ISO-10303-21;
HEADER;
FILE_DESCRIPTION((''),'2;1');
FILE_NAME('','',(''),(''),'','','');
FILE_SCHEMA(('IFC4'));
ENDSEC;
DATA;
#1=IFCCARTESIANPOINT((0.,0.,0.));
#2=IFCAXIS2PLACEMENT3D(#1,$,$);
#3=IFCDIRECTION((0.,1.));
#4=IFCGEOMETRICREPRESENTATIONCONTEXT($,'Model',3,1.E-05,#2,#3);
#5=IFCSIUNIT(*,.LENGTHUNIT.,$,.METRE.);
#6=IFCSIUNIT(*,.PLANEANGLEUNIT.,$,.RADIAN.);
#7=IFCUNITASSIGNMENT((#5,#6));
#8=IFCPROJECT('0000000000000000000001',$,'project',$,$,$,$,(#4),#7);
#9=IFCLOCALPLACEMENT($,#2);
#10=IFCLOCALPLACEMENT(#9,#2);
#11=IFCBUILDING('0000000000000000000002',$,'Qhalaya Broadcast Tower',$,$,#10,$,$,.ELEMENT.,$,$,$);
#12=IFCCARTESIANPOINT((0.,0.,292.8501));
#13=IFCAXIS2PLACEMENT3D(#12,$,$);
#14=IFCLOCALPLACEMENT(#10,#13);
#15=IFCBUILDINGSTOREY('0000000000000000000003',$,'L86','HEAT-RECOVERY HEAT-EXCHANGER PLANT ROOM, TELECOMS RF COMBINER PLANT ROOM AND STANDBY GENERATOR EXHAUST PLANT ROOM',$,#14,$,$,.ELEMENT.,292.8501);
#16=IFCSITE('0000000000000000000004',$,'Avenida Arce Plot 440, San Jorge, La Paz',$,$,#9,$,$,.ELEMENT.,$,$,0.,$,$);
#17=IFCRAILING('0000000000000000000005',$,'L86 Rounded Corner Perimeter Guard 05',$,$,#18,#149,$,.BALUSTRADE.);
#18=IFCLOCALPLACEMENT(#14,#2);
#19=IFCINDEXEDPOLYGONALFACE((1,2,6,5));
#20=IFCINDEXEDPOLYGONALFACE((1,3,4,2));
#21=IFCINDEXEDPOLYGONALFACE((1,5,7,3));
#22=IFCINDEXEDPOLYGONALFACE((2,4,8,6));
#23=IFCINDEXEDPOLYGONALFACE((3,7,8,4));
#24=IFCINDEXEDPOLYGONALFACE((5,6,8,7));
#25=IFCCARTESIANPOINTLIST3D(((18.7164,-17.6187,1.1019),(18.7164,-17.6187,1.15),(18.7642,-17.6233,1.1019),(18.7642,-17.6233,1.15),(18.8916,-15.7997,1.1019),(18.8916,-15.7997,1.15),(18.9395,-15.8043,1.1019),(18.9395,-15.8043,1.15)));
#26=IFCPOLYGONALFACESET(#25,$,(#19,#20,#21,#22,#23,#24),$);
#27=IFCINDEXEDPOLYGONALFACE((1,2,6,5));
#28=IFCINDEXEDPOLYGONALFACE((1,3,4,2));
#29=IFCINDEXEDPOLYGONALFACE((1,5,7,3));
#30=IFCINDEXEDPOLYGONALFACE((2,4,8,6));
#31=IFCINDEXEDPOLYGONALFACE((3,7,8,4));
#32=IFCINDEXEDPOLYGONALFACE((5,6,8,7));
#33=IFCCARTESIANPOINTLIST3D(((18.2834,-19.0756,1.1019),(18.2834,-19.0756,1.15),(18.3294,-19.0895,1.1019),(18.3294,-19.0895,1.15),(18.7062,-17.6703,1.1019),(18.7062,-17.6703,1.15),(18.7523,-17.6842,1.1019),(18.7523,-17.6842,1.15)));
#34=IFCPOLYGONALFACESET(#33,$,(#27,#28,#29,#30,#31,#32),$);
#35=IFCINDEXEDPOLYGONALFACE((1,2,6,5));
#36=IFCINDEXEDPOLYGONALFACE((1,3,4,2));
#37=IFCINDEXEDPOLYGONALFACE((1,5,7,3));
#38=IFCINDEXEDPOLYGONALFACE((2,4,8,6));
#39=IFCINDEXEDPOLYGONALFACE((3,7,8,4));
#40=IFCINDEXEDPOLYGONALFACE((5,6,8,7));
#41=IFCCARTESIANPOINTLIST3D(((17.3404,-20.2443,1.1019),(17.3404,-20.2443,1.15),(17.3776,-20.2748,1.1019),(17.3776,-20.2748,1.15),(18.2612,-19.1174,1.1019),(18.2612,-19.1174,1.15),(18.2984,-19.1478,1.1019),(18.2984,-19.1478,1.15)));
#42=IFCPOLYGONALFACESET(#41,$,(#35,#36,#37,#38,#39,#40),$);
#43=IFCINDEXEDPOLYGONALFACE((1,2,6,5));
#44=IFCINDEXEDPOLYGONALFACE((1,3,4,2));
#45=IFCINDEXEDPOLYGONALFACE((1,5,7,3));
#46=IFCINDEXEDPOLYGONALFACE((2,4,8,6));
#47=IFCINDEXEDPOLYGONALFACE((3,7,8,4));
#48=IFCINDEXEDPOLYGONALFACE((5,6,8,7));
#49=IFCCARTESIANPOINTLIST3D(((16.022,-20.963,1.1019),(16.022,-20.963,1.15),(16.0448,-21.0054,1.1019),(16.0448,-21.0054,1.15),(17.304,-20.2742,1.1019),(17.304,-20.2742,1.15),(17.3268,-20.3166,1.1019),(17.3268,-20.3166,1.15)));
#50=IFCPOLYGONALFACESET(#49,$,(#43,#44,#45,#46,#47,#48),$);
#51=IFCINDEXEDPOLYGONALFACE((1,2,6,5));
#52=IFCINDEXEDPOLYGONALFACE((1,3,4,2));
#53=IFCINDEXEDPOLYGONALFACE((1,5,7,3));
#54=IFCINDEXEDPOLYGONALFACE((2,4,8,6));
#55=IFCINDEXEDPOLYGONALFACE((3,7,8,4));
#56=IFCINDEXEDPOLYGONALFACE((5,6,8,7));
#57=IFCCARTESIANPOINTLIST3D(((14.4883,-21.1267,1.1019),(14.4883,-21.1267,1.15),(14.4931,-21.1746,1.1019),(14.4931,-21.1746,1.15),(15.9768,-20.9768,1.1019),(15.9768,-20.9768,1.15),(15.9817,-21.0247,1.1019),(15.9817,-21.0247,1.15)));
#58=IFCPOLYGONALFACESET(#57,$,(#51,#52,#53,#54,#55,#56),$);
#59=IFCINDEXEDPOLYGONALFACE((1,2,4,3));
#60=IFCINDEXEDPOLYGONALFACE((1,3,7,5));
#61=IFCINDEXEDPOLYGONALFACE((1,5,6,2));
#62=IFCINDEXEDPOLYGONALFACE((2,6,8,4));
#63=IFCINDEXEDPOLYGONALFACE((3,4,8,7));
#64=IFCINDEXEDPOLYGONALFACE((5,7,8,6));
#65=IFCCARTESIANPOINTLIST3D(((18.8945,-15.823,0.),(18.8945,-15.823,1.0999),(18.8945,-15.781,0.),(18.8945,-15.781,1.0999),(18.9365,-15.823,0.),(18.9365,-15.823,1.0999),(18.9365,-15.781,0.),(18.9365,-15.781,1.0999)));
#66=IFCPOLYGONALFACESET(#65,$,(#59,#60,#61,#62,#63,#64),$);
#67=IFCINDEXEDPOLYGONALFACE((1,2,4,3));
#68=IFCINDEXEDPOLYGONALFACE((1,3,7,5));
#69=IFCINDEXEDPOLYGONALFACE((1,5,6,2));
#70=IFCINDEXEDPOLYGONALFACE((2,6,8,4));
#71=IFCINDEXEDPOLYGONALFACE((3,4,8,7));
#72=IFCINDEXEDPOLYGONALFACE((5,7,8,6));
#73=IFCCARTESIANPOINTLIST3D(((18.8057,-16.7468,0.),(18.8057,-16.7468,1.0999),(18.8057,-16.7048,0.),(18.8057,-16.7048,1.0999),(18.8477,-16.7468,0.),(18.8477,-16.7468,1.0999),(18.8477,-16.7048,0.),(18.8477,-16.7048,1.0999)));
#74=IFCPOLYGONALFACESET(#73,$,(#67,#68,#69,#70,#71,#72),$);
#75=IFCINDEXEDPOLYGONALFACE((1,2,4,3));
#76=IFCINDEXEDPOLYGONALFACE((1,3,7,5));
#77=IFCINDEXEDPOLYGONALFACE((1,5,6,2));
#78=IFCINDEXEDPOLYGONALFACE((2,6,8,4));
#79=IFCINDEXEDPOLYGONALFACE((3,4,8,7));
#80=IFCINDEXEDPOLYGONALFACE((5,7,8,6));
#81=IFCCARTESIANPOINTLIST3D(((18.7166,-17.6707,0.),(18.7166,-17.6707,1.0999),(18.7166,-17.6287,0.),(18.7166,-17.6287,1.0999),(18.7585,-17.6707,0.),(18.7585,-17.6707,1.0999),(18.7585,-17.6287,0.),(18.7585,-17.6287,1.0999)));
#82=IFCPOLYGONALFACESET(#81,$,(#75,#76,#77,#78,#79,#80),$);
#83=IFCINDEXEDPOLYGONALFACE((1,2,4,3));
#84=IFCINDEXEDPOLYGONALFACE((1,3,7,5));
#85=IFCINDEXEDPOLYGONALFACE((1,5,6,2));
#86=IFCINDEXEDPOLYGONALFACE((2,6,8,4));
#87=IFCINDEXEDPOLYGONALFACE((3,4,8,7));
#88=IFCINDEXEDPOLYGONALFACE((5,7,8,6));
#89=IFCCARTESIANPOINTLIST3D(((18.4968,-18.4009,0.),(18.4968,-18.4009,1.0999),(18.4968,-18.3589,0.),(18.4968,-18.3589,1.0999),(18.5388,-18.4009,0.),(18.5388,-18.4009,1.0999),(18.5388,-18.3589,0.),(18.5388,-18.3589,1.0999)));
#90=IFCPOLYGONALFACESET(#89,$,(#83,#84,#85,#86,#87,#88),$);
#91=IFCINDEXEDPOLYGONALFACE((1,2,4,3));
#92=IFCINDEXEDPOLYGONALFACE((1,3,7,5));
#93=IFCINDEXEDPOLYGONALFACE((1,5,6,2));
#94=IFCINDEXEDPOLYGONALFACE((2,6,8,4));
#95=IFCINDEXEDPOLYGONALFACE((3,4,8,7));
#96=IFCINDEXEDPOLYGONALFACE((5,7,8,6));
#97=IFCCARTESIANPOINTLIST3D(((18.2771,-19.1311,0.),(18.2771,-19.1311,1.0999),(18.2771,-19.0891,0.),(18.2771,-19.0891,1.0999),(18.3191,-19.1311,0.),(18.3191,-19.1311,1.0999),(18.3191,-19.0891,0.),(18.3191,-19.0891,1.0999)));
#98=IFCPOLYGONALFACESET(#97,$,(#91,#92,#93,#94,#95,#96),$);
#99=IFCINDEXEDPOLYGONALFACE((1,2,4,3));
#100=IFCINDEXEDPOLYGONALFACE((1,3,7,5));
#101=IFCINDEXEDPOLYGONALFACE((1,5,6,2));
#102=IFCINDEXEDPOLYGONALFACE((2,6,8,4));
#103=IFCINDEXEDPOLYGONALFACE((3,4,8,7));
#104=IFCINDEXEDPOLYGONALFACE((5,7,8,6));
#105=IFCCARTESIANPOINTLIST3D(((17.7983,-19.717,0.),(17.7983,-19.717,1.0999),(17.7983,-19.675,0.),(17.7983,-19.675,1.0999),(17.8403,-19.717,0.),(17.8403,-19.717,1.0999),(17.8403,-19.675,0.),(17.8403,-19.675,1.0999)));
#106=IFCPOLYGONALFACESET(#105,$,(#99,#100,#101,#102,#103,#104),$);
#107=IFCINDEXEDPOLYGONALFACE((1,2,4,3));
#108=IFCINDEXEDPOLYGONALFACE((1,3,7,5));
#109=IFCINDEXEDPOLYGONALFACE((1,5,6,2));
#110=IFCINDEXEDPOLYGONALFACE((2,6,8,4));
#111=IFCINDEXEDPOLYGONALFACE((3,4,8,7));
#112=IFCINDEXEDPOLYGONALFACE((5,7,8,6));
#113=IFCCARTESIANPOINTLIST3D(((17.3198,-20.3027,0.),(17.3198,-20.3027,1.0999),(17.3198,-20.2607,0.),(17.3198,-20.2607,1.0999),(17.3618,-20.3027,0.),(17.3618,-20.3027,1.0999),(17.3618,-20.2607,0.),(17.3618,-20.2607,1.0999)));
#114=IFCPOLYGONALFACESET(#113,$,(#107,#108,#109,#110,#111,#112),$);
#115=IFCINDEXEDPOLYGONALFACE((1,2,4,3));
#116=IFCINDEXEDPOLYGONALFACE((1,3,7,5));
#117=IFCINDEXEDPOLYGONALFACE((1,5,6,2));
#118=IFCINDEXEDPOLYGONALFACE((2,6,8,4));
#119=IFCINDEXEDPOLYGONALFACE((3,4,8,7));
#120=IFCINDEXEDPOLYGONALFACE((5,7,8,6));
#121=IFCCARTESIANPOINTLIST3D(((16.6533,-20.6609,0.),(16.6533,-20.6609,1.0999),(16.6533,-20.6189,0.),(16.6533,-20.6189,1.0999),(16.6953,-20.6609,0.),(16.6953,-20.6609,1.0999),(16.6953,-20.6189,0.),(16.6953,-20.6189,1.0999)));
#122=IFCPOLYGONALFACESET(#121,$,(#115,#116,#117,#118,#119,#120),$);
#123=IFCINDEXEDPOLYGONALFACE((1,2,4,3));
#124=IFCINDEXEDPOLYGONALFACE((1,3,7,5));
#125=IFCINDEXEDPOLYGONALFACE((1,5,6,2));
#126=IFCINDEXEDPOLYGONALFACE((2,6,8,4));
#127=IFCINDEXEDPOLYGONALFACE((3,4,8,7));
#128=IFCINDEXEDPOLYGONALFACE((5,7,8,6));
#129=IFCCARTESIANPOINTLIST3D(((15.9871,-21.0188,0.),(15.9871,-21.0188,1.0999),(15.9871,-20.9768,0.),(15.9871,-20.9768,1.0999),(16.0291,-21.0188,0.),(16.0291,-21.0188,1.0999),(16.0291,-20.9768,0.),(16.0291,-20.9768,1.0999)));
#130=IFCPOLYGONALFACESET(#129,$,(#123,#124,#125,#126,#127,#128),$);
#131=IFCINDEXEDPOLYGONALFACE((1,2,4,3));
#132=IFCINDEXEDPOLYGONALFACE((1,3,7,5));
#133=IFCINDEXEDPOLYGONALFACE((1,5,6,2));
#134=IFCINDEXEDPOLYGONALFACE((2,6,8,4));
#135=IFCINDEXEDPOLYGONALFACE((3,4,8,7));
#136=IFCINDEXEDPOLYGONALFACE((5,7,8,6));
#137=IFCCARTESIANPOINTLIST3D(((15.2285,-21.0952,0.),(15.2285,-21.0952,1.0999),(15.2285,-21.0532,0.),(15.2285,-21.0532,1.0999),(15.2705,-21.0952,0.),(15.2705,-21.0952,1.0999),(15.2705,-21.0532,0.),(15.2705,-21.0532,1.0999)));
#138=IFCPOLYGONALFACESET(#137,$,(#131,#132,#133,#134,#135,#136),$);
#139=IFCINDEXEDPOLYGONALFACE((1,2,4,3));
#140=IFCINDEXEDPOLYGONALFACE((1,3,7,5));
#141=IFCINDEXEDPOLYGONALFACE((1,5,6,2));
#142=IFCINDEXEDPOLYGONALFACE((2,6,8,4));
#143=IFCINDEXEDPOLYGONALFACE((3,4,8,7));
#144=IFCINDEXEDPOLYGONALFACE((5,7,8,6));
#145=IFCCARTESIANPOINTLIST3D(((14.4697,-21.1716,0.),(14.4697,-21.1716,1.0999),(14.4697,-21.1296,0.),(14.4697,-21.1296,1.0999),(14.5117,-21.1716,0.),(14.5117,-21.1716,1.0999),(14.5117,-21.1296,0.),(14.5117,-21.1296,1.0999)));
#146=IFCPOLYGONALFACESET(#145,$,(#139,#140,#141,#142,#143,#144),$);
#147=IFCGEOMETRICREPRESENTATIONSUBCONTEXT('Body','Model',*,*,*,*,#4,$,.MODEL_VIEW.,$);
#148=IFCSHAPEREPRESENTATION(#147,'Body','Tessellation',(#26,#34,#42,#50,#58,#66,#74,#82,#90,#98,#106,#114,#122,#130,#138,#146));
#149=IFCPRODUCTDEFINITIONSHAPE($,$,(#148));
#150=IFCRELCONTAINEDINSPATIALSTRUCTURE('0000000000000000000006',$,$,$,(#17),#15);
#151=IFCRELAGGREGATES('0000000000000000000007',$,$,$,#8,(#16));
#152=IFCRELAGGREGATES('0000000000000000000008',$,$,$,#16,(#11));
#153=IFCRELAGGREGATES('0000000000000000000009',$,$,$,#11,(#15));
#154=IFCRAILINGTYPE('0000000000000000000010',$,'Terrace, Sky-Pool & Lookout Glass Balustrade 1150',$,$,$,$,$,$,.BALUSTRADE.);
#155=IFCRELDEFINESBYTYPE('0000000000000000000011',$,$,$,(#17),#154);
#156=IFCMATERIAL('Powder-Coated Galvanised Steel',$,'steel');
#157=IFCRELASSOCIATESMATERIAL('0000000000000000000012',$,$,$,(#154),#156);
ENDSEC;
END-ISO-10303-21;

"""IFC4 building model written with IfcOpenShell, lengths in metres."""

from ifc_helpers import new_model, si_unit, direction, frame, origin, origin_2d, place, context, subcontext, project, spatial, rectangle, extrude, material, type_object, element, save


model = new_model("IFC4")

# Units and contexts
model_context = context("Model", 3, precision=1e-05, world=origin(), true_north=direction((0.0, 1.0)))
body_context = subcontext(model_context, "Body", "Model", "MODEL_VIEW")
ifc_project = project(units=[si_unit("LENGTHUNIT", "METRE"), si_unit("PLANEANGLEUNIT", "RADIAN")], contexts=[model_context])

# Site, building, storey
site_placement = place(None, origin())
site = spatial("IfcSite", under=ifc_project, at=site_placement, Name="Avenida Arce Plot 440, San Jorge, La Paz", CompositionType="ELEMENT", RefElevation=0.0)
building_placement = place(site_placement, origin())
building = spatial("IfcBuilding", under=site, at=building_placement, Name="Qhalaya Broadcast Tower", CompositionType="ELEMENT")
storey_placement = place(building_placement, frame((0.0, 0.0, 292.8501)))
storey = spatial("IfcBuildingStorey", under=building, at=storey_placement, Name="L86", Description="HEAT-RECOVERY HEAT-EXCHANGER PLANT ROOM, TELECOMS RF COMBINER PLANT ROOM AND STANDBY GENERATOR EXHAUST PLANT ROOM", CompositionType="ELEMENT", Elevation=292.8501)

# Railing
ifc_material_1 = material(Name="Powder-Coated Galvanised Steel", Category="steel")
railing_type = type_object("IfcRailingType", Name="Terrace, Sky-Pool & Lookout Glass Balustrade 1150", PredefinedType="BALUSTRADE", material=ifc_material_1)
railing_1_placement = place(storey_placement, frame((18.9155, -15.802, 0.0)))
element("IfcRailing", 1, at=railing_1_placement, inside=storey, type_object=railing_type, Name="L86 Rounded Corner Perimeter Guard 05", PredefinedType="BALUSTRADE", context=body_context, shape_type="SweptSolid", body=[
    extrude(rectangle(XDim=0.0481, YDim=0.0481, at=origin_2d()), frame((0.0, 0.0, 1.126), z_axis=(-0.095883, -0.995393, 0.0), x_axis=(0.995393, -0.095883, 0.0)), (0.0, 0.0, 1.0), 1.8274),
    extrude(rectangle(XDim=0.0481, YDim=0.0481, at=origin_2d()), frame((-0.1863, -1.8752, 1.126), z_axis=(-0.288141, -0.957588, 0.0), x_axis=(0.957588, -0.288141, 0.0)), (0.0, 0.0, 1.0), 1.4675),
    extrude(rectangle(XDim=0.0481, YDim=0.0481, at=origin_2d()), frame((-0.6357, -3.3306, 1.126), z_axis=(-0.63271, -0.774388, 0.0), x_axis=(0.774388, -0.63271, 0.0)), (0.0, 0.0, 1.0), 1.4553),
    extrude(rectangle(XDim=0.0481, YDim=0.0481, at=origin_2d()), frame((-1.6001, -4.4934, 1.126), z_axis=(-0.880906, -0.473291, 0.0), x_axis=(0.473291, -0.880906, 0.0)), (0.0, 0.0, 1.0), 1.4553),
    extrude(rectangle(XDim=0.0481, YDim=0.0481, at=origin_2d()), frame((-2.9363, -5.1987, 1.126), z_axis=(-0.994966, -0.100217, 0.0), x_axis=(0.100217, -0.994966, 0.0)), (0.0, 0.0, 1.0), 1.4961),
    extrude(rectangle(XDim=0.042, YDim=0.042, at=origin_2d()), origin(), (0.0, 0.0, 1.0), 1.0999),
    extrude(rectangle(XDim=0.042, YDim=0.042, at=origin_2d()), frame((-0.0889, -0.9238, 0.0)), (0.0, 0.0, 1.0), 1.0999),
    extrude(rectangle(XDim=0.042, YDim=0.042, at=origin_2d()), frame((-0.178, -1.8477, 0.0)), (0.0, 0.0, 1.0), 1.0999),
    extrude(rectangle(XDim=0.042, YDim=0.042, at=origin_2d()), frame((-0.3977, -2.5779, 0.0)), (0.0, 0.0, 1.0), 1.0999),
    extrude(rectangle(XDim=0.042, YDim=0.042, at=origin_2d()), frame((-0.6174, -3.3081, 0.0)), (0.0, 0.0, 1.0), 1.0999),
    extrude(rectangle(XDim=0.042, YDim=0.042, at=origin_2d()), frame((-1.0962, -3.894, 0.0)), (0.0, 0.0, 1.0), 1.0999),
    extrude(rectangle(XDim=0.042, YDim=0.042, at=origin_2d()), frame((-1.5747, -4.4797, 0.0)), (0.0, 0.0, 1.0), 1.0999),
    extrude(rectangle(XDim=0.042, YDim=0.042, at=origin_2d()), frame((-2.2412, -4.8379, 0.0)), (0.0, 0.0, 1.0), 1.0999),
    extrude(rectangle(XDim=0.042, YDim=0.042, at=origin_2d()), frame((-2.9075, -5.1958, 0.0)), (0.0, 0.0, 1.0), 1.0999),
    extrude(rectangle(XDim=0.042, YDim=0.042, at=origin_2d()), frame((-3.666, -5.2722, 0.0)), (0.0, 0.0, 1.0), 1.0999),
    extrude(rectangle(XDim=0.042, YDim=0.042, at=origin_2d()), frame((-4.4248, -5.3486, 0.0)), (0.0, 0.0, 1.0), 1.0999),
])

save(model, "model.ifc")
